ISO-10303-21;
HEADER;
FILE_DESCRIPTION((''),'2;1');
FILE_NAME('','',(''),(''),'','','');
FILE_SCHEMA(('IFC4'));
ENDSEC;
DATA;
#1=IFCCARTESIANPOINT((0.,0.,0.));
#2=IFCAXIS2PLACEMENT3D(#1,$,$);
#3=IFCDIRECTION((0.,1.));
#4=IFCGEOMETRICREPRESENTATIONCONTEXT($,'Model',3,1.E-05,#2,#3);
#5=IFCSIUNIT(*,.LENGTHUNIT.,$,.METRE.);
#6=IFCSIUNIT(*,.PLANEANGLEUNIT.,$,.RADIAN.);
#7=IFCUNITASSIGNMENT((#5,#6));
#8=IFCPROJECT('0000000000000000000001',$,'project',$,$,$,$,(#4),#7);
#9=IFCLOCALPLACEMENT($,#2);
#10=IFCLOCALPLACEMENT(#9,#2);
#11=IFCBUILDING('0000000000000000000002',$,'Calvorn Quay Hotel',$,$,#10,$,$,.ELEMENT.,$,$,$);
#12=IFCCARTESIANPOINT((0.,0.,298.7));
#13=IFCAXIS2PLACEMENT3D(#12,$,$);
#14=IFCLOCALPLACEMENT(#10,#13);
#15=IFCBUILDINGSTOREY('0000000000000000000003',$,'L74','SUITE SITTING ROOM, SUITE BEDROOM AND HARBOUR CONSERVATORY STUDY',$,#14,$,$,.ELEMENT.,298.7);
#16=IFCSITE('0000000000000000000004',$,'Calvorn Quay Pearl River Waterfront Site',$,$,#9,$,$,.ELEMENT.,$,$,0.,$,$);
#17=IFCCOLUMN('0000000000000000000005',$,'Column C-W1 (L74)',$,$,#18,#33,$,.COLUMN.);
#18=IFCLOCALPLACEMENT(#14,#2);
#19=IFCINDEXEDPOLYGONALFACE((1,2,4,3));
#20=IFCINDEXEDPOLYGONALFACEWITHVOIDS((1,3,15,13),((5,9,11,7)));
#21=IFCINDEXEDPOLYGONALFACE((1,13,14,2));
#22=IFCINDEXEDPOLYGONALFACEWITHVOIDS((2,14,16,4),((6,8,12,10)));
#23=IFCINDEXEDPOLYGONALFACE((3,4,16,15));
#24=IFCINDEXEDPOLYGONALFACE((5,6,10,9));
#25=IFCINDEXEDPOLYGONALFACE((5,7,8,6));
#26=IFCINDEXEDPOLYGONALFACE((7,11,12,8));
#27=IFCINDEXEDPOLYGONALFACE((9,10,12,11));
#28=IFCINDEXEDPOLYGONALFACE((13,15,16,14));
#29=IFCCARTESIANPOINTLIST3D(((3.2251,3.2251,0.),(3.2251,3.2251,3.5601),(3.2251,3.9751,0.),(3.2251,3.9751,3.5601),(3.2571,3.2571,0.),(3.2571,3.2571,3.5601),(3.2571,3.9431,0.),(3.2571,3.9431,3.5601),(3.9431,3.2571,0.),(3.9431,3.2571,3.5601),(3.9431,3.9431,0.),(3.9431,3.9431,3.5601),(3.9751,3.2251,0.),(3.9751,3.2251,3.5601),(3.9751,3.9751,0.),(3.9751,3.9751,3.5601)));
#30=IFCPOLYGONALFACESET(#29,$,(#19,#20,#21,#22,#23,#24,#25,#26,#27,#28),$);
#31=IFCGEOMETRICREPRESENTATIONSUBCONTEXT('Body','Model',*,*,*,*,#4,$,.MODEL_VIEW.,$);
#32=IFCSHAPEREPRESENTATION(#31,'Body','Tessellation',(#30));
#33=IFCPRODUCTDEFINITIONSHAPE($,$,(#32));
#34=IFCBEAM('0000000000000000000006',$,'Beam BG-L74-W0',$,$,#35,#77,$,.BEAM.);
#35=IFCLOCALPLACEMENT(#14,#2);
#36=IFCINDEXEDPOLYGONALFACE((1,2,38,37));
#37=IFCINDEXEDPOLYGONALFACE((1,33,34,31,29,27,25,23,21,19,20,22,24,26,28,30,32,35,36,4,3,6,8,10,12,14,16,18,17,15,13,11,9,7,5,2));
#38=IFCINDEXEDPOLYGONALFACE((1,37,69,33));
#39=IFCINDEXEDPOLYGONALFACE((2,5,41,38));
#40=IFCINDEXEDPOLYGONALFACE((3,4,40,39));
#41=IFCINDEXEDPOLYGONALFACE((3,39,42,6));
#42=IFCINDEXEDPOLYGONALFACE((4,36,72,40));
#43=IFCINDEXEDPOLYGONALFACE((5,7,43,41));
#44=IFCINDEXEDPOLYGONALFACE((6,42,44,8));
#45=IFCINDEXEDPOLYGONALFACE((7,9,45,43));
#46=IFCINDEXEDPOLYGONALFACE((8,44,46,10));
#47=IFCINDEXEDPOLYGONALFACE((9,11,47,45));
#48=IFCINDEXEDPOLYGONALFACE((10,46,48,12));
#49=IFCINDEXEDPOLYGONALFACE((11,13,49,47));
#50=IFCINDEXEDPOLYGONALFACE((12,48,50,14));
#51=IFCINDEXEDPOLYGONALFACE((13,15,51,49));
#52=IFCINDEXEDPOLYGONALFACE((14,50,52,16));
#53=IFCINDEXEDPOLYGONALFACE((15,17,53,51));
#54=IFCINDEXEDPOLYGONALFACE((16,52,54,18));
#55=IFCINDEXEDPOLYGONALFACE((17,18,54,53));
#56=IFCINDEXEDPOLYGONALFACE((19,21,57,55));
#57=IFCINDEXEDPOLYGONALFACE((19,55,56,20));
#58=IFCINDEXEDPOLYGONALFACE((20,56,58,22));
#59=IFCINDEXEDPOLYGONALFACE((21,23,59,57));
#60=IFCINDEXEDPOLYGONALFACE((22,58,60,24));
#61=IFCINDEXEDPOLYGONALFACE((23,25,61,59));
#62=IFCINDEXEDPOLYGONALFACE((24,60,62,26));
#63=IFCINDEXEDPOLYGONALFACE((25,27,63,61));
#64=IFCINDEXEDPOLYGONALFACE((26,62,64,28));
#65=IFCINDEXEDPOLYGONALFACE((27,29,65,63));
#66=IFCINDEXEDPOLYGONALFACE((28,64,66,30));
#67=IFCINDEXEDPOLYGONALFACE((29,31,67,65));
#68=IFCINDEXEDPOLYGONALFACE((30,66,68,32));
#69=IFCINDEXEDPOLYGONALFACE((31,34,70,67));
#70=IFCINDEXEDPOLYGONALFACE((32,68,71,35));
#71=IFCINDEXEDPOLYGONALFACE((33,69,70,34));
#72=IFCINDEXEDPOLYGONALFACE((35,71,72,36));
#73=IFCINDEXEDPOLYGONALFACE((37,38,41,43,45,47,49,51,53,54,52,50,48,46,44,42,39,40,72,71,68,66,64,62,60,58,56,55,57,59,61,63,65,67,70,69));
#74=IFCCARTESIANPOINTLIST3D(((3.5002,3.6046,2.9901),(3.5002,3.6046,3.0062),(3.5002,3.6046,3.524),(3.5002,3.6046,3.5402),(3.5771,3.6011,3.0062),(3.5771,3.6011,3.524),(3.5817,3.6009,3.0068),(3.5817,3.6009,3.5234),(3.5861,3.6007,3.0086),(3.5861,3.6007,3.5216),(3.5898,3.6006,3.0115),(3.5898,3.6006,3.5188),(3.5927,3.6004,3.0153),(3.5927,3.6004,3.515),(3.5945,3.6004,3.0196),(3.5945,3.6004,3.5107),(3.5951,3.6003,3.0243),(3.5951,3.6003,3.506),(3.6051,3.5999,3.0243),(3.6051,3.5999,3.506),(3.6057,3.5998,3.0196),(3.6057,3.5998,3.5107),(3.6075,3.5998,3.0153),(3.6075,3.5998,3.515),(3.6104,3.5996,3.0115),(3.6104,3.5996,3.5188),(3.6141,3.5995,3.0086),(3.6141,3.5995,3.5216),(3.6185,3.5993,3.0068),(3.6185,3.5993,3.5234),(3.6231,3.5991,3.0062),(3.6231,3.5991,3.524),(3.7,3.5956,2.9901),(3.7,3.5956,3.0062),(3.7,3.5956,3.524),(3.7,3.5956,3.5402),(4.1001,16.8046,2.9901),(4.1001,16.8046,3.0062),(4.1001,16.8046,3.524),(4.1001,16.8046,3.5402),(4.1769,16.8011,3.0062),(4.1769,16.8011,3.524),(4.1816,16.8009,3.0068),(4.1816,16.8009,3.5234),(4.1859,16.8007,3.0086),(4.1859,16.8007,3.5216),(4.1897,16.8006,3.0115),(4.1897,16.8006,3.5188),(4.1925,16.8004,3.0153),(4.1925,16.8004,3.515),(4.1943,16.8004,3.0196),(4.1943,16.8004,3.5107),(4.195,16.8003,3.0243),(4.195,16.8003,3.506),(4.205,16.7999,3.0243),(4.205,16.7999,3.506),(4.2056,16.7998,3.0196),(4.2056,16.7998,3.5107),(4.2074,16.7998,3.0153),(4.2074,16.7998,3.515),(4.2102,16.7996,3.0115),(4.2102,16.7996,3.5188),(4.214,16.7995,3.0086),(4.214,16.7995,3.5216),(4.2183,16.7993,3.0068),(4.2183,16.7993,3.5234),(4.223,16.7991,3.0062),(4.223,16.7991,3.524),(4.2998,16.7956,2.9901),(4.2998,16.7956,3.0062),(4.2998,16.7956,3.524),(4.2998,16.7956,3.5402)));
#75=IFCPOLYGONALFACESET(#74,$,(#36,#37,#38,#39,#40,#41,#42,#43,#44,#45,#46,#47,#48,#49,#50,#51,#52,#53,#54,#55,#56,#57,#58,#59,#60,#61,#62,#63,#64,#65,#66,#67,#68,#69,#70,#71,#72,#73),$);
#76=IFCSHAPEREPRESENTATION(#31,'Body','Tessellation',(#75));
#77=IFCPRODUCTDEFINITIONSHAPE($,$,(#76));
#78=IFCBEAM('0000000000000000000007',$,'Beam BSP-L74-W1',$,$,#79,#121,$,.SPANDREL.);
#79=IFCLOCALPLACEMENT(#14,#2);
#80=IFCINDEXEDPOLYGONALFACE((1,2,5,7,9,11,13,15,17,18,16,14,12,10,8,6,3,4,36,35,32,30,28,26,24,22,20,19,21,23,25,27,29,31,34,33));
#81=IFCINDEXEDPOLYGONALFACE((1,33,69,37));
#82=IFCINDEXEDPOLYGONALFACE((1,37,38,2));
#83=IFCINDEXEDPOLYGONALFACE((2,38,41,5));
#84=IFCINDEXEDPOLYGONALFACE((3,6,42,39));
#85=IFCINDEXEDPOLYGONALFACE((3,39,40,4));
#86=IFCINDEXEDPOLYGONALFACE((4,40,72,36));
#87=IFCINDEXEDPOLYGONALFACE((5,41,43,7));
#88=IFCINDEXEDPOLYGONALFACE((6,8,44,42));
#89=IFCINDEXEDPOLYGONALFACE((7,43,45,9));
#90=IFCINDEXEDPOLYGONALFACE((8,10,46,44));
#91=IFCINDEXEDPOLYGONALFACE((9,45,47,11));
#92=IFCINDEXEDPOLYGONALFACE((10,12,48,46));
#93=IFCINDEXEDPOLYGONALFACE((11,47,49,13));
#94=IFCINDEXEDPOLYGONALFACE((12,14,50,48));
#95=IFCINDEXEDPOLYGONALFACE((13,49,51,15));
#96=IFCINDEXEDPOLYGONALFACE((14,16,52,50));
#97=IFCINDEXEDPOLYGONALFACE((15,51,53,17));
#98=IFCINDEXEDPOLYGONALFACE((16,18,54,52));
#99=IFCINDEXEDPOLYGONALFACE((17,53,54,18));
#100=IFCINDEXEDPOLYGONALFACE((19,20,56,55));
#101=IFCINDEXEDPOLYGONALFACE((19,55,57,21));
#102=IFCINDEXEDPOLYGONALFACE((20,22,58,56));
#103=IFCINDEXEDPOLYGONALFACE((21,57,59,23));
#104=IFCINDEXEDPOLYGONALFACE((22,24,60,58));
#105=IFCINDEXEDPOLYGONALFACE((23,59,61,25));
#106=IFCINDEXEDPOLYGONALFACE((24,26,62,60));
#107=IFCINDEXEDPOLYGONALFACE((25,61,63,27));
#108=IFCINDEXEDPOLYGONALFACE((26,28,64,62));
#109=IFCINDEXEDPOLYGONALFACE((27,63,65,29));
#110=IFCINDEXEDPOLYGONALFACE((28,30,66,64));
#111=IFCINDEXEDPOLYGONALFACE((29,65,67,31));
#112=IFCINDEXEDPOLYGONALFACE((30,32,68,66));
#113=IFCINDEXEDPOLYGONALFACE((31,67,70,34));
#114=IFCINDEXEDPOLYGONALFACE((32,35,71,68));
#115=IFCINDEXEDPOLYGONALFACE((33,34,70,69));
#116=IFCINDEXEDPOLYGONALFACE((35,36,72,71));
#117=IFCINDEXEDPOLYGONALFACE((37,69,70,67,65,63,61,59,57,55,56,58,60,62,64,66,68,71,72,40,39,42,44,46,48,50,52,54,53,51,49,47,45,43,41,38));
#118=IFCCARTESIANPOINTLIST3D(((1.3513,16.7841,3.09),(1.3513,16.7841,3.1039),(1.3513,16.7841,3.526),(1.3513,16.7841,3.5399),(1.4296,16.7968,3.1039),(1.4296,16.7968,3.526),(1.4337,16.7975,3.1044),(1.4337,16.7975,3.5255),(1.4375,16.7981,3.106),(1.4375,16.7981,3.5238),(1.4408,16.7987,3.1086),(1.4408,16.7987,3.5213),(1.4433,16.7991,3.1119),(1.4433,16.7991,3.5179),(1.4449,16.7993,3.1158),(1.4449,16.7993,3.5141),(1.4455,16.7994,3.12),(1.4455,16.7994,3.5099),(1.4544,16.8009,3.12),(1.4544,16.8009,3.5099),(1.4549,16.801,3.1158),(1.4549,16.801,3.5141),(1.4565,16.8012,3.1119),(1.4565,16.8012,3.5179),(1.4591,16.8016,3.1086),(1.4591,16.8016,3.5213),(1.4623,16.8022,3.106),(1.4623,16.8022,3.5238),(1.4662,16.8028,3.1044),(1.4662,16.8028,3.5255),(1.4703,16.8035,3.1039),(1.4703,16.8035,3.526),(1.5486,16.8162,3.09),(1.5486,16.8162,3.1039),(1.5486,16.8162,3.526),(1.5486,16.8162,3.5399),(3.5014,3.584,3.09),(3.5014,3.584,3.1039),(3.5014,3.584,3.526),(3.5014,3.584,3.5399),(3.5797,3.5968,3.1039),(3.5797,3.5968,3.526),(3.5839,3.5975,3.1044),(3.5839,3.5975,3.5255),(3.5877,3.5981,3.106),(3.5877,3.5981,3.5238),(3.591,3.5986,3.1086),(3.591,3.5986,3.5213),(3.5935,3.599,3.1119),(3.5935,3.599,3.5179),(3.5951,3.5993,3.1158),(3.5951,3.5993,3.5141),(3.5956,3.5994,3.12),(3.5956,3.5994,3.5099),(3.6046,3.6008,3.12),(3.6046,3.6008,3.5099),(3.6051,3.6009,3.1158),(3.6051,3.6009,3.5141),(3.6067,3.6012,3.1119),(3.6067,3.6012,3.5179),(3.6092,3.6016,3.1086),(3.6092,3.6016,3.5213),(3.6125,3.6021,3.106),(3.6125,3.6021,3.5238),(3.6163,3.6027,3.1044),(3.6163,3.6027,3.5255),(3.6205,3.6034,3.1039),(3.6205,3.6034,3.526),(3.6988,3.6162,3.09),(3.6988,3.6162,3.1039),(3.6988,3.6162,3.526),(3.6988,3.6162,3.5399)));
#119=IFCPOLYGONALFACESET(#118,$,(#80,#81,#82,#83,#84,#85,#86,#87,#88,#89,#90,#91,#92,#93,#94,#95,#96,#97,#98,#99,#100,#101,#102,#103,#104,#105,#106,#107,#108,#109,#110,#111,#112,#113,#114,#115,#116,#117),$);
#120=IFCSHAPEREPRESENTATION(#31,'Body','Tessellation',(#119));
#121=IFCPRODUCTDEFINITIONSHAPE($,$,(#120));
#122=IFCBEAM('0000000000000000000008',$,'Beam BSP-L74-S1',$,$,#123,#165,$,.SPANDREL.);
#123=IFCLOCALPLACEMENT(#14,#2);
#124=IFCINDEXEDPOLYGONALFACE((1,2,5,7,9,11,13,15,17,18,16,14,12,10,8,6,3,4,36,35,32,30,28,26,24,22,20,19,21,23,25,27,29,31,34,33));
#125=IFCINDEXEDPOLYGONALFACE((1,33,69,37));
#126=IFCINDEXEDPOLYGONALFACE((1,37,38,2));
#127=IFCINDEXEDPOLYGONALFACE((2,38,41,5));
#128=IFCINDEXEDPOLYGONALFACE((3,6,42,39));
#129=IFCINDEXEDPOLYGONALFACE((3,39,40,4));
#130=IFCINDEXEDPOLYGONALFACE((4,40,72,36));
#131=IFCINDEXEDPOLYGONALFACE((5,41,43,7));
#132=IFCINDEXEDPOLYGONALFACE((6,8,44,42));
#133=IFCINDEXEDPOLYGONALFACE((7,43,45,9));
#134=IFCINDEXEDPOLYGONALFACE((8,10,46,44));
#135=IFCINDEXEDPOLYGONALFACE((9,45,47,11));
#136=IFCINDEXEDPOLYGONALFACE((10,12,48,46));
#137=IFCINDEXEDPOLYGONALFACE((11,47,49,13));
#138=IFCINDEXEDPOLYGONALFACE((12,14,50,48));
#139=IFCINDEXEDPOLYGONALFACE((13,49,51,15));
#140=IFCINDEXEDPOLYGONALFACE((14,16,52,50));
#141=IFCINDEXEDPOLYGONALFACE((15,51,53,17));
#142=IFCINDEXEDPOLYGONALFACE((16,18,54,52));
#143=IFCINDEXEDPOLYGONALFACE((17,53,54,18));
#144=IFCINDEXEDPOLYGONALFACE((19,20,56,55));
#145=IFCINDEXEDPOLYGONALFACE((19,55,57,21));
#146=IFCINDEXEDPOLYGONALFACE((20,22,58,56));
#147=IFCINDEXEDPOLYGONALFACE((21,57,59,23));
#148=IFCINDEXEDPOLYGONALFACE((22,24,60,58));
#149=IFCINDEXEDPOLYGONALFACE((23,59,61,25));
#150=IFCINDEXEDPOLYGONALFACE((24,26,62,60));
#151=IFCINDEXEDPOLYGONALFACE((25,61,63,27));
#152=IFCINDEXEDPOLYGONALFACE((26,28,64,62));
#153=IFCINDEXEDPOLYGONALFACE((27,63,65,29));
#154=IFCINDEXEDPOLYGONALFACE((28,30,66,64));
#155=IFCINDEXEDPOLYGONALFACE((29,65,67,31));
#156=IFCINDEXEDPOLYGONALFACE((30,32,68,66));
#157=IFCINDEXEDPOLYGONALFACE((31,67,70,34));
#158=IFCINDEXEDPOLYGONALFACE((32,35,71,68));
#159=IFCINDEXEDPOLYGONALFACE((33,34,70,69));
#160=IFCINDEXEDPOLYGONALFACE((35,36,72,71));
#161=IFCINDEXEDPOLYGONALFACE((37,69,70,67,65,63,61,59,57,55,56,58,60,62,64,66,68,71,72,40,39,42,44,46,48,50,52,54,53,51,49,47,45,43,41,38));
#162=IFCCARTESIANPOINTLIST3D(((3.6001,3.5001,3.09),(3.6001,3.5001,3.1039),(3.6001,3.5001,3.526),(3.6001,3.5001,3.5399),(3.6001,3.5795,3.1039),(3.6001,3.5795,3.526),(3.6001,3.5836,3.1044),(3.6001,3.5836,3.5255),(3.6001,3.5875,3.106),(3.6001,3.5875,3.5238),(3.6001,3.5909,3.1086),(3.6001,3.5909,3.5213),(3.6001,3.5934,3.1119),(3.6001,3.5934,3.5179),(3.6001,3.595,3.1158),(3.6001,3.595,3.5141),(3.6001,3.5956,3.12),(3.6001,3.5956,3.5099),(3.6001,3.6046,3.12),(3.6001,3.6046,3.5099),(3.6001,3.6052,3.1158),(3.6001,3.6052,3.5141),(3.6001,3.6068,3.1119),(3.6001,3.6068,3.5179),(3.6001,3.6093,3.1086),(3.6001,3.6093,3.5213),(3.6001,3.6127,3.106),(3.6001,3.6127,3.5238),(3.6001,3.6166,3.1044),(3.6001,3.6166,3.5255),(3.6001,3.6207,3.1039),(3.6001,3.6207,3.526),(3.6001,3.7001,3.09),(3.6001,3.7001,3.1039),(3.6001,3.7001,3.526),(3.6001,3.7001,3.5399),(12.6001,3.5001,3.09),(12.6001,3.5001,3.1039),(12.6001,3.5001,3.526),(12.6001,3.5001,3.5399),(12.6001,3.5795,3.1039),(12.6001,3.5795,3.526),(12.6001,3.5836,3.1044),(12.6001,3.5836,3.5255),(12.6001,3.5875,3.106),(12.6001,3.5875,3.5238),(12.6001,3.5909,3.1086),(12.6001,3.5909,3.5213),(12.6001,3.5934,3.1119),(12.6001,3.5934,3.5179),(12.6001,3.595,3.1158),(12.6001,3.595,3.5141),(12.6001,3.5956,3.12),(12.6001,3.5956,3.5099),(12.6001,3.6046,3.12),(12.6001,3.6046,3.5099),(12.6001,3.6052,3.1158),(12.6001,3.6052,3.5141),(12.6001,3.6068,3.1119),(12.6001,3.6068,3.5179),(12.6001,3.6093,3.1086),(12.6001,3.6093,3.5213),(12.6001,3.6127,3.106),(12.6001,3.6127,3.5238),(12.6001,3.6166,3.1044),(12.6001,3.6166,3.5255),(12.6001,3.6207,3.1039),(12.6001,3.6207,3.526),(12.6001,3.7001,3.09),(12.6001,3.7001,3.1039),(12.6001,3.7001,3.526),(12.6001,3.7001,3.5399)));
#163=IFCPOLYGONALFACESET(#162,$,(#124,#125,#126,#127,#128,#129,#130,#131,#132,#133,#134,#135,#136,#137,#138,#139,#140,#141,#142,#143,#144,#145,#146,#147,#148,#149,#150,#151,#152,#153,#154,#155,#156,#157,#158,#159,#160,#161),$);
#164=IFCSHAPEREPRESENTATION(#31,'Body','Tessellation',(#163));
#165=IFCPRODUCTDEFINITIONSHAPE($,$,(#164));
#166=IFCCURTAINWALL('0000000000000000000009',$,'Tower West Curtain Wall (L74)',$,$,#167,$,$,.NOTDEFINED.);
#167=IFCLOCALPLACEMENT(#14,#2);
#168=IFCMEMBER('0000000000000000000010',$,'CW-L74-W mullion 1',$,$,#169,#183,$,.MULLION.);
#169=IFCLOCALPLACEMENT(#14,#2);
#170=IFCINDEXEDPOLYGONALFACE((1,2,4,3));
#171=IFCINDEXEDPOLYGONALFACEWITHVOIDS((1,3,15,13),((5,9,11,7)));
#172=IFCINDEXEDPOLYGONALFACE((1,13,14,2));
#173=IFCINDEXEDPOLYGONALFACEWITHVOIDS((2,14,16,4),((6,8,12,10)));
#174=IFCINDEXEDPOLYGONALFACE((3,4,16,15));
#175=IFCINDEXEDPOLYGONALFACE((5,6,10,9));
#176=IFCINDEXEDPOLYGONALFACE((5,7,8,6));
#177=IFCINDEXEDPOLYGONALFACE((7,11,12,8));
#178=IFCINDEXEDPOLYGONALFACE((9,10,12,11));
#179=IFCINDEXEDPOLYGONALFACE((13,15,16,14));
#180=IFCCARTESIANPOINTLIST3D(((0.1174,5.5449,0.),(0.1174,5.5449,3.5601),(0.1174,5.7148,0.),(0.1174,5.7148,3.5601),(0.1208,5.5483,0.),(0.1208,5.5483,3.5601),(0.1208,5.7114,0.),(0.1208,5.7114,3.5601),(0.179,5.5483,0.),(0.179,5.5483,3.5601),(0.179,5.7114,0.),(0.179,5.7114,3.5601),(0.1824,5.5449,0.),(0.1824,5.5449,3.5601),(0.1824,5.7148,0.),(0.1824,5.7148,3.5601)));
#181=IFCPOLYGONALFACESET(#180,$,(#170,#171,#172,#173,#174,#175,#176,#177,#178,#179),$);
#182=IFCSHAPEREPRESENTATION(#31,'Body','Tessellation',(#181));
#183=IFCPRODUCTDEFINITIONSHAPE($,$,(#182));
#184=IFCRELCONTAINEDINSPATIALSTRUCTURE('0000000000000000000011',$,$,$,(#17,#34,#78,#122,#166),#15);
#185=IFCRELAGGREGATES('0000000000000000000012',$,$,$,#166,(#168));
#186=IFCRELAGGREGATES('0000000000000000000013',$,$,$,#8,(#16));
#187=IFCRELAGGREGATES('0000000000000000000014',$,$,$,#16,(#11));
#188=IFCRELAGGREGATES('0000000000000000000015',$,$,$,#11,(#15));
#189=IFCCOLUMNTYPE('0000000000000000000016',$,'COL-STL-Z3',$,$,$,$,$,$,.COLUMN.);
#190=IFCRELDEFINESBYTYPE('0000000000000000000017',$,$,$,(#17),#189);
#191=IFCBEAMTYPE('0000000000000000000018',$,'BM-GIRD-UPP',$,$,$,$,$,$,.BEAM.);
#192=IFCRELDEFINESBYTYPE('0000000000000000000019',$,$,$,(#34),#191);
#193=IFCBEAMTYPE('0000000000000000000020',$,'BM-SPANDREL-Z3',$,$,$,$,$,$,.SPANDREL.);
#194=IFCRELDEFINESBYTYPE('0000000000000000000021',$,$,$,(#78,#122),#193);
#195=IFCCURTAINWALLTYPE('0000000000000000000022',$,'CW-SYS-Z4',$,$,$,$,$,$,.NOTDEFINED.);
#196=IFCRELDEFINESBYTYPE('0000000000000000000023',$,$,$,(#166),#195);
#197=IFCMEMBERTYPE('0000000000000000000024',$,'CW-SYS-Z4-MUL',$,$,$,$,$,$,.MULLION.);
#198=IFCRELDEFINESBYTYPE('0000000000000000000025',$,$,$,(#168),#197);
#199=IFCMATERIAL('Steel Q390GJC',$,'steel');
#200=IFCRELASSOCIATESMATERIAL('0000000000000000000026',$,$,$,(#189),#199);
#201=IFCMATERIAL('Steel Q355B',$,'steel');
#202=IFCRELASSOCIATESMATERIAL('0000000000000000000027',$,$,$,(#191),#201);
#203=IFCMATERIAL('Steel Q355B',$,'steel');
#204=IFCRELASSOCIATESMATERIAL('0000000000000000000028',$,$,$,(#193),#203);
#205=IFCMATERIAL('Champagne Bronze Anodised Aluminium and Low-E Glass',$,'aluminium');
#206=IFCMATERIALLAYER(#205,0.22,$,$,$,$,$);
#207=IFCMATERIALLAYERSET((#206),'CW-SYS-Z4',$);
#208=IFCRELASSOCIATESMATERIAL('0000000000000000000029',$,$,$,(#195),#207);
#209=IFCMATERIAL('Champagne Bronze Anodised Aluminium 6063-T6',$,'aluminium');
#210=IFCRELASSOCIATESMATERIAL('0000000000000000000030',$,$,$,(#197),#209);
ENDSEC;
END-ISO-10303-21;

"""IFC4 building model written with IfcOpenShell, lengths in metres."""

from ifc_helpers import new_model, si_unit, direction, frame, origin, origin_2d, place, context, subcontext, project, spatial, hollow_rectangle, i_section, extrude, material, layer, layer_set, material_profile, profile_set, type_object, element, aggregate, save


model = new_model("IFC4")

# Units and contexts
model_context = context("Model", 3, precision=1e-05, world=origin(), true_north=direction((0.0, 1.0)))
body_context = subcontext(model_context, "Body", "Model", "MODEL_VIEW")
ifc_project = project(units=[si_unit("LENGTHUNIT", "METRE"), si_unit("PLANEANGLEUNIT", "RADIAN")], contexts=[model_context])

# Site, building, storey
site_placement = place(None, origin())
site = spatial("IfcSite", under=ifc_project, at=site_placement, Name="Calvorn Quay Pearl River Waterfront Site", CompositionType="ELEMENT", RefElevation=0.0)
building_placement = place(site_placement, origin())
building = spatial("IfcBuilding", under=site, at=building_placement, Name="Calvorn Quay Hotel", CompositionType="ELEMENT")
storey_placement = place(building_placement, frame((0.0, 0.0, 298.7)))
storey = spatial("IfcBuildingStorey", under=building, at=storey_placement, Name="L74", Description="SUITE SITTING ROOM, SUITE BEDROOM AND HARBOUR CONSERVATORY STUDY", CompositionType="ELEMENT", Elevation=298.7)

# Column
ifc_material_1 = material(Name="Steel Q390GJC", Category="steel")
ifc_material_profile_1 = material_profile(ifc_material_1, hollow_rectangle(XDim=0.75, YDim=0.75, WallThickness=0.032, at=origin_2d()), Name="BOX750x750x32")
ifc_profile_set_1 = profile_set([ifc_material_profile_1], Name="Steel Q390GJC")
column_type = type_object("IfcColumnType", Name="COL-STL-Z3", PredefinedType="COLUMN", material=ifc_profile_set_1)
column_placement = place(storey_placement, frame((3.6001, 3.6001, 0.0), z_axis=(0.0, 0.0, 1.0), x_axis=(1.0, 0.0, 0.0)))
element("IfcColumn", 1, at=column_placement, inside=storey, type_object=column_type, Name="Column C-W1 (L74)", PredefinedType="COLUMN", context=body_context, shape_type="SweptSolid", body=[
    extrude(hollow_rectangle(XDim=0.75, YDim=0.75, WallThickness=0.032, at=origin_2d()), origin(), (0.0, 0.0, 1.0), 3.5601),
])

# Beams
ifc_material_2 = material(Name="Steel Q355B", Category="steel")
ifc_material_profile_2 = material_profile(ifc_material_2, i_section(OverallWidth=0.2, OverallDepth=0.55, WebThickness=0.01, FlangeThickness=0.0161, FilletRadius=0.0181, at=origin_2d()), Name="HN550x200x10x16")
ifc_profile_set_2 = profile_set([ifc_material_profile_2], Name="Steel Q355B")
beam_type_1 = type_object("IfcBeamType", Name="BM-GIRD-UPP", PredefinedType="BEAM", material=ifc_profile_set_2)
beam_1_placement = place(storey_placement, frame((3.6001, 3.6001, 3.2651), z_axis=(0.045397, 0.998969, 0.0), x_axis=(-0.998969, 0.045397, 0.0)))
element("IfcBeam", 2, at=beam_1_placement, inside=storey, type_object=beam_type_1, Name="Beam BG-L74-W0", PredefinedType="BEAM", context=body_context, shape_type="SweptSolid", body=[
    extrude(i_section(OverallWidth=0.2, OverallDepth=0.55, WebThickness=0.01, FlangeThickness=0.0161, FilletRadius=0.0181, at=origin_2d()), origin(), (0.0, 0.0, 1.0), 13.2136),
])
ifc_material_3 = material(Name="Steel Q355B", Category="steel")
ifc_material_profile_3 = material_profile(ifc_material_3, i_section(OverallWidth=0.2, OverallDepth=0.45, WebThickness=0.009, FlangeThickness=0.0139, FilletRadius=0.0161, at=origin_2d()), Name="HN450x200x9x14")
ifc_profile_set_3 = profile_set([ifc_material_profile_3], Name="Steel Q355B")
beam_type_2 = type_object("IfcBeamType", Name="BM-SPANDREL-Z3", PredefinedType="SPANDREL", material=ifc_profile_set_3)
beam_2_placement = place(storey_placement, frame((3.6001, 3.6001, 3.3149), z_axis=(-0.160772, 0.986992, 0.0), x_axis=(-0.986992, -0.160772, 0.0)))
element("IfcBeam", 3, at=beam_2_placement, inside=storey, type_object=beam_type_2, Name="Beam BSP-L74-W1", PredefinedType="SPANDREL", context=body_context, shape_type="SweptSolid", body=[
    extrude(i_section(OverallWidth=0.2, OverallDepth=0.45, WebThickness=0.009, FlangeThickness=0.0139, FilletRadius=0.0161, at=origin_2d()), origin(), (0.0, 0.0, 1.0), 13.374),
])
beam_3_placement = place(storey_placement, frame((3.6001, 3.6001, 3.3149), z_axis=(1.0, 0.0, 0.0), x_axis=(0.0, 1.0, 0.0)))
element("IfcBeam", 4, at=beam_3_placement, inside=storey, type_object=beam_type_2, Name="Beam BSP-L74-S1", PredefinedType="SPANDREL", context=body_context, shape_type="SweptSolid", body=[
    extrude(i_section(OverallWidth=0.2, OverallDepth=0.45, WebThickness=0.009, FlangeThickness=0.0139, FilletRadius=0.0161, at=origin_2d()), origin(), (0.0, 0.0, 1.0), 9.0),
])

# Curtain wall, member
ifc_material_4 = material(Name="Champagne Bronze Anodised Aluminium and Low-E Glass", Category="aluminium")
ifc_layer_1 = layer(ifc_material_4, 0.22)
ifc_layer_set_1 = layer_set([ifc_layer_1], Name="CW-SYS-Z4")
curtain_wall_type = type_object("IfcCurtainWallType", Name="CW-SYS-Z4", PredefinedType="NOTDEFINED", material=ifc_layer_set_1)
curtain_wall_placement = place(storey_placement, origin())
curtain_wall = element("IfcCurtainWall", 5, at=curtain_wall_placement, inside=storey, type_object=curtain_wall_type, Name="Tower West Curtain Wall (L74)", PredefinedType="NOTDEFINED")
ifc_material_5 = material(Name="Champagne Bronze Anodised Aluminium 6063-T6", Category="aluminium")
ifc_material_profile_4 = material_profile(ifc_material_5, hollow_rectangle(XDim=0.0649, YDim=0.1699, WallThickness=0.0034, at=origin_2d()), Name="ALU-M170x65x3.5")
ifc_profile_set_4 = profile_set([ifc_material_profile_4], Name="Champagne Bronze Anodised Aluminium 6063-T6")
member_type_1 = type_object("IfcMemberType", Name="CW-SYS-Z4-MUL", PredefinedType="MULLION", material=ifc_profile_set_4)
member_1_placement = place(storey_placement, frame((0.1499, 5.6299, 0.0), z_axis=(0.0, 0.0, 1.0), x_axis=(-1.0, 0.0, 0.0)))
member_1 = element("IfcMember", 6, at=member_1_placement, type_object=member_type_1, Name="CW-L74-W mullion 1", PredefinedType="MULLION", context=body_context, shape_type="SweptSolid", body=[
    extrude(hollow_rectangle(XDim=0.0649, YDim=0.1699, WallThickness=0.0034, at=origin_2d()), origin(), (0.0, 0.0, 1.0), 3.5601),
])
aggregate(curtain_wall, [member_1])

save(model, "model.ifc")
